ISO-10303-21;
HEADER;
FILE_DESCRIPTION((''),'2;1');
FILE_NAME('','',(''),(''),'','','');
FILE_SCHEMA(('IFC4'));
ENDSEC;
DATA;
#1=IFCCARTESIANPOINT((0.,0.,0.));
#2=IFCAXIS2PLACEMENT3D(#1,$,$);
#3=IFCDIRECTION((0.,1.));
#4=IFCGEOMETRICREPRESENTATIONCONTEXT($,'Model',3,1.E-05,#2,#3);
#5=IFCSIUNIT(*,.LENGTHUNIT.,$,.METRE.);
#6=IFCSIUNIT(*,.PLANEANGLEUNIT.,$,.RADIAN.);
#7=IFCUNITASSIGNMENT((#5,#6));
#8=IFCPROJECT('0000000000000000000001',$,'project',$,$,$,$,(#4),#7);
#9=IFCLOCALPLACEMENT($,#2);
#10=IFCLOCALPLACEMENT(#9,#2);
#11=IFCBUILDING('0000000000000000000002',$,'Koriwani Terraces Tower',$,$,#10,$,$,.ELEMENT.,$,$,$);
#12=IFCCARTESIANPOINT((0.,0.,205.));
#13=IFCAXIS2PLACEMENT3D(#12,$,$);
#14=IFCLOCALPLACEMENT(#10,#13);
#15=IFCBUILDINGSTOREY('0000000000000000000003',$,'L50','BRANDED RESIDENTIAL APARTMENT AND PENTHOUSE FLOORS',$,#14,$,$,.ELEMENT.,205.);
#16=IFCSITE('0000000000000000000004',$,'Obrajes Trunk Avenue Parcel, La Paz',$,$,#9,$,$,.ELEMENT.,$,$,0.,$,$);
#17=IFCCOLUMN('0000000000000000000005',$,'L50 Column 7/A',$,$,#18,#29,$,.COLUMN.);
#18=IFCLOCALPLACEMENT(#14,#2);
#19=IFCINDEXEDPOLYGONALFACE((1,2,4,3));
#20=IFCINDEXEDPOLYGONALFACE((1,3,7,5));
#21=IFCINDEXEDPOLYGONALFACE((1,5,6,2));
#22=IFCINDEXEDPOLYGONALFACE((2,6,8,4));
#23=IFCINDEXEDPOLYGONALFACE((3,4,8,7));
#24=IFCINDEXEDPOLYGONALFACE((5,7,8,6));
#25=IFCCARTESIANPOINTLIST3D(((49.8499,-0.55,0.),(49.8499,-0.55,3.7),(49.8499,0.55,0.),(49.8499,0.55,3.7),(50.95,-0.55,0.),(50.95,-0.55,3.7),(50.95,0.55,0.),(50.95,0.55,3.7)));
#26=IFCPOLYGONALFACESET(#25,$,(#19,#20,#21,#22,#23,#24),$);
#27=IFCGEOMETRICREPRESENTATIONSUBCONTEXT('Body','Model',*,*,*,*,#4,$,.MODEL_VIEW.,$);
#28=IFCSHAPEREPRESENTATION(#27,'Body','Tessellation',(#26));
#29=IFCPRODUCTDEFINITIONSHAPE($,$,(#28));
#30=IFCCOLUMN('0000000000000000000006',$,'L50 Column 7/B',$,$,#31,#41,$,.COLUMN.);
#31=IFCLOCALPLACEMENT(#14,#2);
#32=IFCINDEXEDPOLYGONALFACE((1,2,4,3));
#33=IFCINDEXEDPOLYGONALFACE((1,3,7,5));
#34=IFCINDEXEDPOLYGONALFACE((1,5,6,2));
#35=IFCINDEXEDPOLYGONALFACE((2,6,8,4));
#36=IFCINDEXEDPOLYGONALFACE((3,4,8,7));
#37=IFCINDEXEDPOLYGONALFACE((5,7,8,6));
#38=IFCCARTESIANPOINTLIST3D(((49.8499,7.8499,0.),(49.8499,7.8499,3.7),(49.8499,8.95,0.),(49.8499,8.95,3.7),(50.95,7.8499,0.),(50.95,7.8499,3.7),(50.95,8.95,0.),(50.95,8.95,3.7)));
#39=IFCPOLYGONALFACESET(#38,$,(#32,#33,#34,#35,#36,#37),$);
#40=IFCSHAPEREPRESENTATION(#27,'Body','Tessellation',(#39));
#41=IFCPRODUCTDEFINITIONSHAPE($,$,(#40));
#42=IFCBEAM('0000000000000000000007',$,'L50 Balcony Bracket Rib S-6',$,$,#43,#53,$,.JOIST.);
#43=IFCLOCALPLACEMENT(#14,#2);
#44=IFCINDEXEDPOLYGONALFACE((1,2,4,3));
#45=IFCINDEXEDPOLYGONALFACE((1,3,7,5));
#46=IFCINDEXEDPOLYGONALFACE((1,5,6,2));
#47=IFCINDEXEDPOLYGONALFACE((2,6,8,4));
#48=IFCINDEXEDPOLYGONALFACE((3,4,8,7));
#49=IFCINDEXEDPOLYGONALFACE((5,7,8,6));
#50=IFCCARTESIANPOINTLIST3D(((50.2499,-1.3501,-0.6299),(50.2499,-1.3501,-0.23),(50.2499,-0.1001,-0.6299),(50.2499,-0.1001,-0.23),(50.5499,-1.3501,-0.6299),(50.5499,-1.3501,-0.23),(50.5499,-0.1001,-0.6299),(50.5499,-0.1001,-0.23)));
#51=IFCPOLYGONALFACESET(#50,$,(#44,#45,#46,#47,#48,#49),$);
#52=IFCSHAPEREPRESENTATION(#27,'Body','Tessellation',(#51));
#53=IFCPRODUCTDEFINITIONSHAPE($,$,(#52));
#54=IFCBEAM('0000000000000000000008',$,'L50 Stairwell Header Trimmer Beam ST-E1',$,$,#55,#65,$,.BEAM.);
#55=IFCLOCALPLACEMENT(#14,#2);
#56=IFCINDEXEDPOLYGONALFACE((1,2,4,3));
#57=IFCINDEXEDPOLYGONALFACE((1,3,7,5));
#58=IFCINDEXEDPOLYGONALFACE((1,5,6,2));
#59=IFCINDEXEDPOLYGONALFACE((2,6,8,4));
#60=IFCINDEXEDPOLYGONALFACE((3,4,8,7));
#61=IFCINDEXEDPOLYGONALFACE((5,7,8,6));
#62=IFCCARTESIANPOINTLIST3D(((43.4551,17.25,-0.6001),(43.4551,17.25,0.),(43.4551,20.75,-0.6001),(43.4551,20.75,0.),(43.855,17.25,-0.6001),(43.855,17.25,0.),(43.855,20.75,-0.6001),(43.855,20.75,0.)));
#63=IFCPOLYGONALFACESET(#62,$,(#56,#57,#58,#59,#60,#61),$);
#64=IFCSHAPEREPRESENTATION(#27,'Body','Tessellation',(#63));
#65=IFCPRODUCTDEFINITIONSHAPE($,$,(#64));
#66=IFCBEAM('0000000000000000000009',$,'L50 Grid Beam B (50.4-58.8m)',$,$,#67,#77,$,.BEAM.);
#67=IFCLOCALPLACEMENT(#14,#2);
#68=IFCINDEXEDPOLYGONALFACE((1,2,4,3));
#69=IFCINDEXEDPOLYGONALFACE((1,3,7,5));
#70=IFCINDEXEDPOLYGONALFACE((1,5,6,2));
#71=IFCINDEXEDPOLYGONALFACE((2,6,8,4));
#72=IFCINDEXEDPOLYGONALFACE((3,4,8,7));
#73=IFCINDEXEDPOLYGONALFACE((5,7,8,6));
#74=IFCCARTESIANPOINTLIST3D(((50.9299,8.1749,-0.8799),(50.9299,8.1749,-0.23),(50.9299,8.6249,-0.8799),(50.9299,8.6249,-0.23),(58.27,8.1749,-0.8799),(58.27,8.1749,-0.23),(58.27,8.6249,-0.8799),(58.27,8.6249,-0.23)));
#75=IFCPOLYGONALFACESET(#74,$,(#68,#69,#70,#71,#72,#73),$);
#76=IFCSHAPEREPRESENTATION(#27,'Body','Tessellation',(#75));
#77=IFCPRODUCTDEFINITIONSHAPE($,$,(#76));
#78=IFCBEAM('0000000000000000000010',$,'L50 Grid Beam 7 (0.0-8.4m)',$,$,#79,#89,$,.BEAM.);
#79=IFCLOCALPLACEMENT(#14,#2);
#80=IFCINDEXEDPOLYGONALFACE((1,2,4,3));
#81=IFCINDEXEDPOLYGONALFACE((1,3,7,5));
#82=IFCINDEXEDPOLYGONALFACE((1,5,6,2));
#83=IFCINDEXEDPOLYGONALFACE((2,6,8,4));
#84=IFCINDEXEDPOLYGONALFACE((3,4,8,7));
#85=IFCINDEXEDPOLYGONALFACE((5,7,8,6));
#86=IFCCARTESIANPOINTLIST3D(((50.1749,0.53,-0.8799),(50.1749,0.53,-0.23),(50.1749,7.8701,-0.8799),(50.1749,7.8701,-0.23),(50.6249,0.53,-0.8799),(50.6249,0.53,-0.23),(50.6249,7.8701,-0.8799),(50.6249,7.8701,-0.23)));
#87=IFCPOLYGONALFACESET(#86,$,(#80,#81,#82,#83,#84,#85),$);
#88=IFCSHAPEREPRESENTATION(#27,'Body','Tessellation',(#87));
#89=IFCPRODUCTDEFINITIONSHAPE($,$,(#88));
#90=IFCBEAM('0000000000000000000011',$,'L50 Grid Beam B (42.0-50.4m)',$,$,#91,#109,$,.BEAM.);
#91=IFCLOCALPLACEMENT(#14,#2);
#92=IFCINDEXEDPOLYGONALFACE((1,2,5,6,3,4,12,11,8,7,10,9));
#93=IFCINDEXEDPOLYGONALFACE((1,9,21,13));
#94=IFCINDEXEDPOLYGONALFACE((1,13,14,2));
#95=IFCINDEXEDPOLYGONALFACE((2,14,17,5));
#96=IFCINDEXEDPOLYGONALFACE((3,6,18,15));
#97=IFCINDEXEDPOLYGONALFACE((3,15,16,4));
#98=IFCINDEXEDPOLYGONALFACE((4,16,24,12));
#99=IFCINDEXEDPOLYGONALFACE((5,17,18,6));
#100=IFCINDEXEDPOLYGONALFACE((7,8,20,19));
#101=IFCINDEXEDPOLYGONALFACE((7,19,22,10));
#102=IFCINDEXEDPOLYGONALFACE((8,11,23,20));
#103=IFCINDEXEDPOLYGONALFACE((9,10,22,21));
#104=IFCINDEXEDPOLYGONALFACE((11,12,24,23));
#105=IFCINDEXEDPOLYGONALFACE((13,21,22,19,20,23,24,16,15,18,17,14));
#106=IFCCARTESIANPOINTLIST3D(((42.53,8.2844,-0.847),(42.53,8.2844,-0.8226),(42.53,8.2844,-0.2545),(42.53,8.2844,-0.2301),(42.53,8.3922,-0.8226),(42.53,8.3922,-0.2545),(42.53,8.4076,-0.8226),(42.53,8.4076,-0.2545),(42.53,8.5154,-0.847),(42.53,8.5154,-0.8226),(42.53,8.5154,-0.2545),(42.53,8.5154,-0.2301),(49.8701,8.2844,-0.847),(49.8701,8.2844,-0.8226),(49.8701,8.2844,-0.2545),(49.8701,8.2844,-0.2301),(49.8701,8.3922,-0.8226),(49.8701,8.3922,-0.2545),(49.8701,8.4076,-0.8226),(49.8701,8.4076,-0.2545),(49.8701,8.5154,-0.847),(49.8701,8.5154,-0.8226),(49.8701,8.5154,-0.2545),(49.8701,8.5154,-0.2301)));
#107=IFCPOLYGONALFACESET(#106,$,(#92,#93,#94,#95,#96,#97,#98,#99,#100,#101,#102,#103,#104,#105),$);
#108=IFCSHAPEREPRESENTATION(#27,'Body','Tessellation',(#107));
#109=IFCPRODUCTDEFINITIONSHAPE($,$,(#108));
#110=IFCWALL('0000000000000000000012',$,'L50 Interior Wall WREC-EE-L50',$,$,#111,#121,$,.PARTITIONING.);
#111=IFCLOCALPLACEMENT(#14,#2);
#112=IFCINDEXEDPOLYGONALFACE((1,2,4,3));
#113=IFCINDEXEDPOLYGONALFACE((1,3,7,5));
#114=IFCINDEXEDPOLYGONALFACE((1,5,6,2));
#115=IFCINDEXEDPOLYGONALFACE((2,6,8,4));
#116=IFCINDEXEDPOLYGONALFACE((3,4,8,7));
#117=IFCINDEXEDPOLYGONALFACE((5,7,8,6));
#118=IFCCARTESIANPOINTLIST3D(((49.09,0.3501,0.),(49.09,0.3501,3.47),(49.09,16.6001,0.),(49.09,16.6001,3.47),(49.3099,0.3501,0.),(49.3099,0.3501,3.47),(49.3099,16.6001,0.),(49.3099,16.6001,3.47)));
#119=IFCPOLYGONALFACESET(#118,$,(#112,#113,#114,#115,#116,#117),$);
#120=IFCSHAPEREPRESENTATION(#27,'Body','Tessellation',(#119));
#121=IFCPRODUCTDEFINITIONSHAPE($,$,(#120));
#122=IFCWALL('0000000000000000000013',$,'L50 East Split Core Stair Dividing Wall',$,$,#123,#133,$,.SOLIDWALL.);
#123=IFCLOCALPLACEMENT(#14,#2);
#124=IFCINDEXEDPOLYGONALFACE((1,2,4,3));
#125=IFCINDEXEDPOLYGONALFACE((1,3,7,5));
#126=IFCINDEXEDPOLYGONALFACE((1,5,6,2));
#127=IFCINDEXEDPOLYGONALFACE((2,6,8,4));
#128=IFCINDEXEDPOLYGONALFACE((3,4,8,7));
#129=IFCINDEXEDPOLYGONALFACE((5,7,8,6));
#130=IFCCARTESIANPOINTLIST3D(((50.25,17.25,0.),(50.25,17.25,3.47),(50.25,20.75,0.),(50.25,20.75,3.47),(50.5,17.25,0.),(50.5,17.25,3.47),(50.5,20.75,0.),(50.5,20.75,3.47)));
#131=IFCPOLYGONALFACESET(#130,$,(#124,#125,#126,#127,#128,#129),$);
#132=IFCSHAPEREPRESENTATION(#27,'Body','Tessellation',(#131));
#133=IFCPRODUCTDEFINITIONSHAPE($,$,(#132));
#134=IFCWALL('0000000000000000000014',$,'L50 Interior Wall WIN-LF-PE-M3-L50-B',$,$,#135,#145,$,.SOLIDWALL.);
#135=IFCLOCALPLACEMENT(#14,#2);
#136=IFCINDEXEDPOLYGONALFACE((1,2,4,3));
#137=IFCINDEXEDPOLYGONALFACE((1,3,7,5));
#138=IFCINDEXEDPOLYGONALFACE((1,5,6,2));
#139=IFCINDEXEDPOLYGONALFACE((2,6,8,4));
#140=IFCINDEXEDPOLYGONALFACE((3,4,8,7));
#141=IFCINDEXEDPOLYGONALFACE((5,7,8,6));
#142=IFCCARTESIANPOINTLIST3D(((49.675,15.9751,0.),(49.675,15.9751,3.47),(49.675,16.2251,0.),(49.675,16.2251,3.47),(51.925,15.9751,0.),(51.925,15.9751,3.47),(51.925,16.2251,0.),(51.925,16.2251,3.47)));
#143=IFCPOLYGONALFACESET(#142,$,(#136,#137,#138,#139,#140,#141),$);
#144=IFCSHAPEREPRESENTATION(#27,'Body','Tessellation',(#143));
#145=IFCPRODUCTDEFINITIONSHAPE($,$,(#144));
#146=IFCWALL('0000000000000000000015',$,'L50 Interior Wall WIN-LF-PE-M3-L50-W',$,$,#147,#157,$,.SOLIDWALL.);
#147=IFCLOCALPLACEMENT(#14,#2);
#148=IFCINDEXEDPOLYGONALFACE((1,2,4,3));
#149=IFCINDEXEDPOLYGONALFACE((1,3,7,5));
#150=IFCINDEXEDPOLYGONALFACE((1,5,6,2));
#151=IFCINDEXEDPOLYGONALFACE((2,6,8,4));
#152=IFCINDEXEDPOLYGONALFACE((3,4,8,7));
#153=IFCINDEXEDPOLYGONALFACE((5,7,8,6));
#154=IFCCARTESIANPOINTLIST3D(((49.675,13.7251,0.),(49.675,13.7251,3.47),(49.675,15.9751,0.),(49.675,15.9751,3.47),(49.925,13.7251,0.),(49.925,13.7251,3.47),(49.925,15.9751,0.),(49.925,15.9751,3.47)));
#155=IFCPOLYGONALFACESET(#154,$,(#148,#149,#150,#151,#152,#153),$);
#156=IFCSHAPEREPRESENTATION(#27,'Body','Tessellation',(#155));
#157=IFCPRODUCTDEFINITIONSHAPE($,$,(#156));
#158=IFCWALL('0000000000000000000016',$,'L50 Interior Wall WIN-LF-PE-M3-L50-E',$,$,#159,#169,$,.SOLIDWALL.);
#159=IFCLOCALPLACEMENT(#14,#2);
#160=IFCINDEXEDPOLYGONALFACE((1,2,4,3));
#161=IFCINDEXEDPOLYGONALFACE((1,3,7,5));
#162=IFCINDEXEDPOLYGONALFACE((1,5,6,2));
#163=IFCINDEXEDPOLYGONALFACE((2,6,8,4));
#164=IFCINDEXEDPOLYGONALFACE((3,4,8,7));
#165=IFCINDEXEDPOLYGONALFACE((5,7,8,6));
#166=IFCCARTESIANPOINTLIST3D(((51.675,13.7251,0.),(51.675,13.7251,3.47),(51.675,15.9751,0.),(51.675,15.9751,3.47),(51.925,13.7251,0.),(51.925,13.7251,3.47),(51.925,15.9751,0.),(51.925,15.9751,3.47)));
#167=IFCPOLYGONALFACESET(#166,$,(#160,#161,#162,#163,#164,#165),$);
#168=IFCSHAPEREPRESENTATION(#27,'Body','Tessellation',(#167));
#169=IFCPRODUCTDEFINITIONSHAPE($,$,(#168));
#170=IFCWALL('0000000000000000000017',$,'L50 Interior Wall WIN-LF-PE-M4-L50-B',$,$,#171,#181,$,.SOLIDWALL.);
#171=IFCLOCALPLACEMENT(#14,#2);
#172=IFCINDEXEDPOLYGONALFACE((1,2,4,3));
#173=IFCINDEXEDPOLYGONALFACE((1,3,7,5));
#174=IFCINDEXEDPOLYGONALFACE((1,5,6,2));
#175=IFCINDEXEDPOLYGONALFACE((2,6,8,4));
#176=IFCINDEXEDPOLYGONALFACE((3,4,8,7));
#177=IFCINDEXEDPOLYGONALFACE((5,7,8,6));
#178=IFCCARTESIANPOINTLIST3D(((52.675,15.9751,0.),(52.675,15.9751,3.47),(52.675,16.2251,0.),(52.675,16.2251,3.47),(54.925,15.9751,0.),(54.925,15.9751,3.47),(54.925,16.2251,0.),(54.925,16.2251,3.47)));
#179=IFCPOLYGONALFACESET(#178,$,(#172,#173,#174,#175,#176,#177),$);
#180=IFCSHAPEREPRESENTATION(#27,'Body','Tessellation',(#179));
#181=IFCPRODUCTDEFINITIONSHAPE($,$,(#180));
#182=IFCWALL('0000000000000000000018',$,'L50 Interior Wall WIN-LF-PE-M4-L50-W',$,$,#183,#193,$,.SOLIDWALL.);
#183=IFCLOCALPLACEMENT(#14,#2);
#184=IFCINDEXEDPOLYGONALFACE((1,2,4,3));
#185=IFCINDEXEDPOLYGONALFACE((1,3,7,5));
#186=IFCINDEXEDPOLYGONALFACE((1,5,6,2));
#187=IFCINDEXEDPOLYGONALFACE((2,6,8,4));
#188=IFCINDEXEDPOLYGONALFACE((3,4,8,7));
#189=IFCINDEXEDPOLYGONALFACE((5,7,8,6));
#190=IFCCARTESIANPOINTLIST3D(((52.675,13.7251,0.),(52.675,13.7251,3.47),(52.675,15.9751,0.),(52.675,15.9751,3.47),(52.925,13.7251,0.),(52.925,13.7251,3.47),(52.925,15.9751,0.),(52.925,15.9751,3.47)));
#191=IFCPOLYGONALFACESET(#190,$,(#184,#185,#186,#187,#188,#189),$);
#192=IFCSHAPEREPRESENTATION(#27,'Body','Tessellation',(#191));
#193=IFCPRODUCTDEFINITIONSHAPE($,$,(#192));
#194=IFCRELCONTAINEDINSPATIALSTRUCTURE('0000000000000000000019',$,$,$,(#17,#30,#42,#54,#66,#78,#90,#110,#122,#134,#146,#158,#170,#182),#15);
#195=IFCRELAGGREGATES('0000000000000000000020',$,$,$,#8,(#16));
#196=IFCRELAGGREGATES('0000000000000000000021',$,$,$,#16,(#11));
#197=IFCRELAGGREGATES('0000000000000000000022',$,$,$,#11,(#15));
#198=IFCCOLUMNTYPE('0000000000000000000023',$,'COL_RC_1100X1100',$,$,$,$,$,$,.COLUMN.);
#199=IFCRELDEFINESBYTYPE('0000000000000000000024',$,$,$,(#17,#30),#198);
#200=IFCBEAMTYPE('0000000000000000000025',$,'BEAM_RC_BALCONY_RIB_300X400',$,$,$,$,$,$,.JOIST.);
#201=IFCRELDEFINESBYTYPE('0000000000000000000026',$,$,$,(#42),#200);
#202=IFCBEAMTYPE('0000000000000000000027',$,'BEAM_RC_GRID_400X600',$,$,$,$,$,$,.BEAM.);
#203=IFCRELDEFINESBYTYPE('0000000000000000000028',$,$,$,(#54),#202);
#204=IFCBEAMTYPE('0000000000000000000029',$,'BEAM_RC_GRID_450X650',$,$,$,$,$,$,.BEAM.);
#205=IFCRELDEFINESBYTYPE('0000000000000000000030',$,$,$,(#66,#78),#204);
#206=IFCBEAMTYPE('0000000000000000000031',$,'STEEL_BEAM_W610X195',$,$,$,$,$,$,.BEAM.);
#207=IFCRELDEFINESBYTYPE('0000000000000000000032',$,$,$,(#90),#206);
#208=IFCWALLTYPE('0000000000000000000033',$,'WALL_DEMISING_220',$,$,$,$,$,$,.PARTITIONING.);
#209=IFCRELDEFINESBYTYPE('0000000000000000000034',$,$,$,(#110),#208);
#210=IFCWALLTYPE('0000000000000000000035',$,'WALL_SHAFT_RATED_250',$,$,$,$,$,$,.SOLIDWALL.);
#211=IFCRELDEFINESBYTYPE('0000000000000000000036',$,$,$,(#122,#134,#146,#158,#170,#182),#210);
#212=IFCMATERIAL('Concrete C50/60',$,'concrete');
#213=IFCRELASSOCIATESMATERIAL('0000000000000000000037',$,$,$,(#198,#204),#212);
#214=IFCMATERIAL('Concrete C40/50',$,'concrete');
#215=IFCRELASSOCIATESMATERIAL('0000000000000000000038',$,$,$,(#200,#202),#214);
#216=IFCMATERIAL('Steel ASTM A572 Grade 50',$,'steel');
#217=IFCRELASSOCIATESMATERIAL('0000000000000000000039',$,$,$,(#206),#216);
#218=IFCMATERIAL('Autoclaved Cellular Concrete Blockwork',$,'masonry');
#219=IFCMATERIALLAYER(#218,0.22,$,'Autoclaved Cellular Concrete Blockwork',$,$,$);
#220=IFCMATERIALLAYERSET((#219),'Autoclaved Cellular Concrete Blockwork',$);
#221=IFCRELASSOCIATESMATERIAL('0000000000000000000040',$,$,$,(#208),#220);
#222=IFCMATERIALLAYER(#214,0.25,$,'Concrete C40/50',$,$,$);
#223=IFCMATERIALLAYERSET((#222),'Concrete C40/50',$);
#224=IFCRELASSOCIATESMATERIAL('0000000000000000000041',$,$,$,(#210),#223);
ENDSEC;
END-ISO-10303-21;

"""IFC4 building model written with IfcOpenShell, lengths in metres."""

from ifc_helpers import new_model, si_unit, direction, frame, frame_2d, origin, origin_2d, place, context, subcontext, project, spatial, rectangle, i_section, extrude, material, layer, layer_set, material_profile, profile_set, type_object, element, save


model = new_model("IFC4")

# Units and contexts
model_context = context("Model", 3, precision=1e-05, world=origin(), true_north=direction((0.0, 1.0)))
body_context = subcontext(model_context, "Body", "Model", "MODEL_VIEW")
ifc_project = project(units=[si_unit("LENGTHUNIT", "METRE"), si_unit("PLANEANGLEUNIT", "RADIAN")], contexts=[model_context])

# Site, building, storey
site_placement = place(None, origin())
site = spatial("IfcSite", under=ifc_project, at=site_placement, Name="Obrajes Trunk Avenue Parcel, La Paz", CompositionType="ELEMENT", RefElevation=0.0)
building_placement = place(site_placement, origin())
building = spatial("IfcBuilding", under=site, at=building_placement, Name="Koriwani Terraces Tower", CompositionType="ELEMENT")
storey_placement = place(building_placement, frame((0.0, 0.0, 205.0)))
storey = spatial("IfcBuildingStorey", under=building, at=storey_placement, Name="L50", Description="BRANDED RESIDENTIAL APARTMENT AND PENTHOUSE FLOORS", CompositionType="ELEMENT", Elevation=205.0)

# Columns
ifc_material_1 = material(Name="Concrete C50/60", Category="concrete")
ifc_material_profile_1 = material_profile(ifc_material_1, rectangle(XDim=1.1001, YDim=1.1001, at=origin_2d()), Name="Concrete C50/60", Category="LoadBearing")
ifc_profile_set_1 = profile_set([ifc_material_profile_1], Name="Concrete C50/60")
column_type = type_object("IfcColumnType", Name="COL_RC_1100X1100", PredefinedType="COLUMN", material=ifc_profile_set_1)
for number, where, z_axis, x_axis, name in (
    (1, (50.3999, 0.0, 0.0), (0.0, 0.0, 1.0), (1.0, 0.0, 0.0), "L50 Column 7/A"),
    (2, (50.3999, 8.3999, 0.0), (0.0, 0.0, 1.0), (1.0, 0.0, 0.0), "L50 Column 7/B"),
):
    element("IfcColumn", number, at=place(storey_placement, frame(where, z_axis=z_axis, x_axis=x_axis)), inside=storey, type_object=column_type, Name=name, PredefinedType="COLUMN", context=body_context, shape_type="SweptSolid", body=[
        extrude(rectangle(XDim=1.1001, YDim=1.1001, at=origin_2d()), origin(), (0.0, 0.0, 1.0), 3.7),
    ])

# Beams
ifc_material_2 = material(Name="Concrete C40/50", Category="concrete")
ifc_material_profile_2 = material_profile(ifc_material_2, rectangle(XDim=0.3, YDim=0.3999, at=origin_2d()), Name="Concrete C40/50", Category="LoadBearing")
ifc_profile_set_2 = profile_set([ifc_material_profile_2], Name="Concrete C40/50")
beam_type_1 = type_object("IfcBeamType", Name="BEAM_RC_BALCONY_RIB_300X400", PredefinedType="JOIST", material=ifc_profile_set_2)
beam_1_placement = place(storey_placement, frame((50.3999, -1.3501, -0.4299), z_axis=(0.0, 1.0, 0.0), x_axis=(-1.0, 0.0, 0.0)))
element("IfcBeam", 3, at=beam_1_placement, inside=storey, type_object=beam_type_1, Name="L50 Balcony Bracket Rib S-6", PredefinedType="JOIST", context=body_context, shape_type="SweptSolid", body=[
    extrude(rectangle(XDim=0.3, YDim=0.3999, at=origin_2d()), origin(), (0.0, 0.0, 1.0), 1.25),
])
ifc_material_profile_3 = material_profile(ifc_material_2, rectangle(XDim=0.3999, YDim=0.6001, at=origin_2d()), Name="Concrete C40/50", Category="LoadBearing")
ifc_profile_set_3 = profile_set([ifc_material_profile_3], Name="Concrete C40/50")
beam_type_2 = type_object("IfcBeamType", Name="BEAM_RC_GRID_400X600", PredefinedType="BEAM", material=ifc_profile_set_3)
beam_2_placement = place(storey_placement, frame((43.655, 17.25, -0.3), z_axis=(0.0, 1.0, 0.0), x_axis=(-1.0, 0.0, 0.0)))
element("IfcBeam", 4, at=beam_2_placement, inside=storey, type_object=beam_type_2, Name="L50 Stairwell Header Trimmer Beam ST-E1", PredefinedType="BEAM", context=body_context, shape_type="SweptSolid", body=[
    extrude(rectangle(XDim=0.3999, YDim=0.6001, at=origin_2d()), origin(), (0.0, 0.0, 1.0), 3.5),
])
ifc_material_profile_4 = material_profile(ifc_material_1, rectangle(XDim=0.45, YDim=0.6499, at=origin_2d()), Name="Concrete C50/60", Category="LoadBearing")
ifc_profile_set_4 = profile_set([ifc_material_profile_4], Name="Concrete C50/60")
beam_type_3 = type_object("IfcBeamType", Name="BEAM_RC_GRID_450X650", PredefinedType="BEAM", material=ifc_profile_set_4)
for number, where, z_axis, x_axis, name in (
    (5, (50.9299, 8.3999, -0.5549), (1.0, 0.0, 0.0), (0.0, 1.0, 0.0), "L50 Grid Beam B (50.4-58.8m)"),
    (6, (50.3999, 0.53, -0.5549), (0.0, 1.0, 0.0), (-1.0, 0.0, 0.0), "L50 Grid Beam 7 (0.0-8.4m)"),
):
    element("IfcBeam", number, at=place(storey_placement, frame(where, z_axis=z_axis, x_axis=x_axis)), inside=storey, type_object=beam_type_3, Name=name, PredefinedType="BEAM", context=body_context, shape_type="SweptSolid", body=[
        extrude(rectangle(XDim=0.45, YDim=0.6499, at=origin_2d()), origin(), (0.0, 0.0, 1.0), 7.3401),
    ])
ifc_material_3 = material(Name="Steel ASTM A572 Grade 50", Category="steel")
ifc_material_profile_5 = material_profile(ifc_material_3, i_section(OverallWidth=0.231, OverallDepth=0.6169, WebThickness=0.0154, FlangeThickness=0.0244, at=origin_2d()), Name="Steel ASTM A572 Grade 50", Category="LoadBearing")
ifc_profile_set_5 = profile_set([ifc_material_profile_5], Name="Steel ASTM A572 Grade 50")
beam_type_4 = type_object("IfcBeamType", Name="STEEL_BEAM_W610X195", PredefinedType="BEAM", material=ifc_profile_set_5)
beam_3_placement = place(storey_placement, frame((42.53, 8.3999, -0.5386), z_axis=(1.0, 0.0, 0.0), x_axis=(0.0, 1.0, 0.0)))
element("IfcBeam", 7, at=beam_3_placement, inside=storey, type_object=beam_type_4, Name="L50 Grid Beam B (42.0-50.4m)", PredefinedType="BEAM", context=body_context, shape_type="SweptSolid", body=[
    extrude(i_section(OverallWidth=0.231, OverallDepth=0.6169, WebThickness=0.0154, FlangeThickness=0.0244, at=origin_2d()), origin(), (0.0, 0.0, 1.0), 7.3401),
])

# Walls
ifc_material_4 = material(Name="Autoclaved Cellular Concrete Blockwork", Category="masonry")
ifc_layer_1 = layer(ifc_material_4, 0.22, Name="Autoclaved Cellular Concrete Blockwork")
ifc_layer_set_1 = layer_set([ifc_layer_1], Name="Autoclaved Cellular Concrete Blockwork")
wall_type_1 = type_object("IfcWallType", Name="WALL_DEMISING_220", PredefinedType="PARTITIONING", material=ifc_layer_set_1)
wall_1_placement = place(storey_placement, frame((49.2, 0.3501, 0.0), z_axis=(0.0, 0.0, 1.0), x_axis=(0.0, 1.0, 0.0)))
element("IfcWall", 8, at=wall_1_placement, inside=storey, type_object=wall_type_1, Name="L50 Interior Wall WREC-EE-L50", PredefinedType="PARTITIONING", context=body_context, shape_type="SweptSolid", body=[
    extrude(rectangle(XDim=16.25, YDim=0.22, at=frame_2d((8.125, 0.0))), origin(), (0.0, 0.0, 1.0), 3.47),
])
ifc_layer_2 = layer(ifc_material_2, 0.25, Name="Concrete C40/50")
ifc_layer_set_2 = layer_set([ifc_layer_2], Name="Concrete C40/50")
wall_type_2 = type_object("IfcWallType", Name="WALL_SHAFT_RATED_250", PredefinedType="SOLIDWALL", material=ifc_layer_set_2)
wall_2_placement = place(storey_placement, frame((50.375, 17.25, 0.0), z_axis=(0.0, 0.0, 1.0), x_axis=(0.0, 1.0, 0.0)))
element("IfcWall", 9, at=wall_2_placement, inside=storey, type_object=wall_type_2, Name="L50 East Split Core Stair Dividing Wall", PredefinedType="SOLIDWALL", context=body_context, shape_type="SweptSolid", body=[
    extrude(rectangle(XDim=3.5, YDim=0.25, at=frame_2d((1.75, 0.0))), origin(), (0.0, 0.0, 1.0), 3.47),
])

# Walls
for number, where, z_axis, x_axis, name in (
    (10, (49.675, 16.1001, 0.0), (0.0, 0.0, 1.0), (1.0, 0.0, 0.0), "L50 Interior Wall WIN-LF-PE-M3-L50-B"),
    (11, (49.8, 13.7251, 0.0), (0.0, 0.0, 1.0), (0.0, 1.0, 0.0), "L50 Interior Wall WIN-LF-PE-M3-L50-W"),
    (12, (51.8, 13.7251, 0.0), (0.0, 0.0, 1.0), (0.0, 1.0, 0.0), "L50 Interior Wall WIN-LF-PE-M3-L50-E"),
):
    element("IfcWall", number, at=place(storey_placement, frame(where, z_axis=z_axis, x_axis=x_axis)), inside=storey, type_object=wall_type_2, Name=name, PredefinedType="SOLIDWALL", context=body_context, shape_type="SweptSolid", body=[
        extrude(rectangle(XDim=2.25, YDim=0.25, at=frame_2d((1.125, 0.0))), origin(), (0.0, 0.0, 1.0), 3.47),
    ])

# Walls
for number, where, z_axis, x_axis, name in (
    (13, (52.675, 16.1001, 0.0), (0.0, 0.0, 1.0), (1.0, 0.0, 0.0), "L50 Interior Wall WIN-LF-PE-M4-L50-B"),
    (14, (52.8, 13.7251, 0.0), (0.0, 0.0, 1.0), (0.0, 1.0, 0.0), "L50 Interior Wall WIN-LF-PE-M4-L50-W"),
):
    element("IfcWall", number, at=place(storey_placement, frame(where, z_axis=z_axis, x_axis=x_axis)), inside=storey, type_object=wall_type_2, Name=name, PredefinedType="SOLIDWALL", context=body_context, shape_type="SweptSolid", body=[
        extrude(rectangle(XDim=2.25, YDim=0.25, at=frame_2d((1.125, 0.0))), origin(), (0.0, 0.0, 1.0), 3.47),
    ])

save(model, "model.ifc")
